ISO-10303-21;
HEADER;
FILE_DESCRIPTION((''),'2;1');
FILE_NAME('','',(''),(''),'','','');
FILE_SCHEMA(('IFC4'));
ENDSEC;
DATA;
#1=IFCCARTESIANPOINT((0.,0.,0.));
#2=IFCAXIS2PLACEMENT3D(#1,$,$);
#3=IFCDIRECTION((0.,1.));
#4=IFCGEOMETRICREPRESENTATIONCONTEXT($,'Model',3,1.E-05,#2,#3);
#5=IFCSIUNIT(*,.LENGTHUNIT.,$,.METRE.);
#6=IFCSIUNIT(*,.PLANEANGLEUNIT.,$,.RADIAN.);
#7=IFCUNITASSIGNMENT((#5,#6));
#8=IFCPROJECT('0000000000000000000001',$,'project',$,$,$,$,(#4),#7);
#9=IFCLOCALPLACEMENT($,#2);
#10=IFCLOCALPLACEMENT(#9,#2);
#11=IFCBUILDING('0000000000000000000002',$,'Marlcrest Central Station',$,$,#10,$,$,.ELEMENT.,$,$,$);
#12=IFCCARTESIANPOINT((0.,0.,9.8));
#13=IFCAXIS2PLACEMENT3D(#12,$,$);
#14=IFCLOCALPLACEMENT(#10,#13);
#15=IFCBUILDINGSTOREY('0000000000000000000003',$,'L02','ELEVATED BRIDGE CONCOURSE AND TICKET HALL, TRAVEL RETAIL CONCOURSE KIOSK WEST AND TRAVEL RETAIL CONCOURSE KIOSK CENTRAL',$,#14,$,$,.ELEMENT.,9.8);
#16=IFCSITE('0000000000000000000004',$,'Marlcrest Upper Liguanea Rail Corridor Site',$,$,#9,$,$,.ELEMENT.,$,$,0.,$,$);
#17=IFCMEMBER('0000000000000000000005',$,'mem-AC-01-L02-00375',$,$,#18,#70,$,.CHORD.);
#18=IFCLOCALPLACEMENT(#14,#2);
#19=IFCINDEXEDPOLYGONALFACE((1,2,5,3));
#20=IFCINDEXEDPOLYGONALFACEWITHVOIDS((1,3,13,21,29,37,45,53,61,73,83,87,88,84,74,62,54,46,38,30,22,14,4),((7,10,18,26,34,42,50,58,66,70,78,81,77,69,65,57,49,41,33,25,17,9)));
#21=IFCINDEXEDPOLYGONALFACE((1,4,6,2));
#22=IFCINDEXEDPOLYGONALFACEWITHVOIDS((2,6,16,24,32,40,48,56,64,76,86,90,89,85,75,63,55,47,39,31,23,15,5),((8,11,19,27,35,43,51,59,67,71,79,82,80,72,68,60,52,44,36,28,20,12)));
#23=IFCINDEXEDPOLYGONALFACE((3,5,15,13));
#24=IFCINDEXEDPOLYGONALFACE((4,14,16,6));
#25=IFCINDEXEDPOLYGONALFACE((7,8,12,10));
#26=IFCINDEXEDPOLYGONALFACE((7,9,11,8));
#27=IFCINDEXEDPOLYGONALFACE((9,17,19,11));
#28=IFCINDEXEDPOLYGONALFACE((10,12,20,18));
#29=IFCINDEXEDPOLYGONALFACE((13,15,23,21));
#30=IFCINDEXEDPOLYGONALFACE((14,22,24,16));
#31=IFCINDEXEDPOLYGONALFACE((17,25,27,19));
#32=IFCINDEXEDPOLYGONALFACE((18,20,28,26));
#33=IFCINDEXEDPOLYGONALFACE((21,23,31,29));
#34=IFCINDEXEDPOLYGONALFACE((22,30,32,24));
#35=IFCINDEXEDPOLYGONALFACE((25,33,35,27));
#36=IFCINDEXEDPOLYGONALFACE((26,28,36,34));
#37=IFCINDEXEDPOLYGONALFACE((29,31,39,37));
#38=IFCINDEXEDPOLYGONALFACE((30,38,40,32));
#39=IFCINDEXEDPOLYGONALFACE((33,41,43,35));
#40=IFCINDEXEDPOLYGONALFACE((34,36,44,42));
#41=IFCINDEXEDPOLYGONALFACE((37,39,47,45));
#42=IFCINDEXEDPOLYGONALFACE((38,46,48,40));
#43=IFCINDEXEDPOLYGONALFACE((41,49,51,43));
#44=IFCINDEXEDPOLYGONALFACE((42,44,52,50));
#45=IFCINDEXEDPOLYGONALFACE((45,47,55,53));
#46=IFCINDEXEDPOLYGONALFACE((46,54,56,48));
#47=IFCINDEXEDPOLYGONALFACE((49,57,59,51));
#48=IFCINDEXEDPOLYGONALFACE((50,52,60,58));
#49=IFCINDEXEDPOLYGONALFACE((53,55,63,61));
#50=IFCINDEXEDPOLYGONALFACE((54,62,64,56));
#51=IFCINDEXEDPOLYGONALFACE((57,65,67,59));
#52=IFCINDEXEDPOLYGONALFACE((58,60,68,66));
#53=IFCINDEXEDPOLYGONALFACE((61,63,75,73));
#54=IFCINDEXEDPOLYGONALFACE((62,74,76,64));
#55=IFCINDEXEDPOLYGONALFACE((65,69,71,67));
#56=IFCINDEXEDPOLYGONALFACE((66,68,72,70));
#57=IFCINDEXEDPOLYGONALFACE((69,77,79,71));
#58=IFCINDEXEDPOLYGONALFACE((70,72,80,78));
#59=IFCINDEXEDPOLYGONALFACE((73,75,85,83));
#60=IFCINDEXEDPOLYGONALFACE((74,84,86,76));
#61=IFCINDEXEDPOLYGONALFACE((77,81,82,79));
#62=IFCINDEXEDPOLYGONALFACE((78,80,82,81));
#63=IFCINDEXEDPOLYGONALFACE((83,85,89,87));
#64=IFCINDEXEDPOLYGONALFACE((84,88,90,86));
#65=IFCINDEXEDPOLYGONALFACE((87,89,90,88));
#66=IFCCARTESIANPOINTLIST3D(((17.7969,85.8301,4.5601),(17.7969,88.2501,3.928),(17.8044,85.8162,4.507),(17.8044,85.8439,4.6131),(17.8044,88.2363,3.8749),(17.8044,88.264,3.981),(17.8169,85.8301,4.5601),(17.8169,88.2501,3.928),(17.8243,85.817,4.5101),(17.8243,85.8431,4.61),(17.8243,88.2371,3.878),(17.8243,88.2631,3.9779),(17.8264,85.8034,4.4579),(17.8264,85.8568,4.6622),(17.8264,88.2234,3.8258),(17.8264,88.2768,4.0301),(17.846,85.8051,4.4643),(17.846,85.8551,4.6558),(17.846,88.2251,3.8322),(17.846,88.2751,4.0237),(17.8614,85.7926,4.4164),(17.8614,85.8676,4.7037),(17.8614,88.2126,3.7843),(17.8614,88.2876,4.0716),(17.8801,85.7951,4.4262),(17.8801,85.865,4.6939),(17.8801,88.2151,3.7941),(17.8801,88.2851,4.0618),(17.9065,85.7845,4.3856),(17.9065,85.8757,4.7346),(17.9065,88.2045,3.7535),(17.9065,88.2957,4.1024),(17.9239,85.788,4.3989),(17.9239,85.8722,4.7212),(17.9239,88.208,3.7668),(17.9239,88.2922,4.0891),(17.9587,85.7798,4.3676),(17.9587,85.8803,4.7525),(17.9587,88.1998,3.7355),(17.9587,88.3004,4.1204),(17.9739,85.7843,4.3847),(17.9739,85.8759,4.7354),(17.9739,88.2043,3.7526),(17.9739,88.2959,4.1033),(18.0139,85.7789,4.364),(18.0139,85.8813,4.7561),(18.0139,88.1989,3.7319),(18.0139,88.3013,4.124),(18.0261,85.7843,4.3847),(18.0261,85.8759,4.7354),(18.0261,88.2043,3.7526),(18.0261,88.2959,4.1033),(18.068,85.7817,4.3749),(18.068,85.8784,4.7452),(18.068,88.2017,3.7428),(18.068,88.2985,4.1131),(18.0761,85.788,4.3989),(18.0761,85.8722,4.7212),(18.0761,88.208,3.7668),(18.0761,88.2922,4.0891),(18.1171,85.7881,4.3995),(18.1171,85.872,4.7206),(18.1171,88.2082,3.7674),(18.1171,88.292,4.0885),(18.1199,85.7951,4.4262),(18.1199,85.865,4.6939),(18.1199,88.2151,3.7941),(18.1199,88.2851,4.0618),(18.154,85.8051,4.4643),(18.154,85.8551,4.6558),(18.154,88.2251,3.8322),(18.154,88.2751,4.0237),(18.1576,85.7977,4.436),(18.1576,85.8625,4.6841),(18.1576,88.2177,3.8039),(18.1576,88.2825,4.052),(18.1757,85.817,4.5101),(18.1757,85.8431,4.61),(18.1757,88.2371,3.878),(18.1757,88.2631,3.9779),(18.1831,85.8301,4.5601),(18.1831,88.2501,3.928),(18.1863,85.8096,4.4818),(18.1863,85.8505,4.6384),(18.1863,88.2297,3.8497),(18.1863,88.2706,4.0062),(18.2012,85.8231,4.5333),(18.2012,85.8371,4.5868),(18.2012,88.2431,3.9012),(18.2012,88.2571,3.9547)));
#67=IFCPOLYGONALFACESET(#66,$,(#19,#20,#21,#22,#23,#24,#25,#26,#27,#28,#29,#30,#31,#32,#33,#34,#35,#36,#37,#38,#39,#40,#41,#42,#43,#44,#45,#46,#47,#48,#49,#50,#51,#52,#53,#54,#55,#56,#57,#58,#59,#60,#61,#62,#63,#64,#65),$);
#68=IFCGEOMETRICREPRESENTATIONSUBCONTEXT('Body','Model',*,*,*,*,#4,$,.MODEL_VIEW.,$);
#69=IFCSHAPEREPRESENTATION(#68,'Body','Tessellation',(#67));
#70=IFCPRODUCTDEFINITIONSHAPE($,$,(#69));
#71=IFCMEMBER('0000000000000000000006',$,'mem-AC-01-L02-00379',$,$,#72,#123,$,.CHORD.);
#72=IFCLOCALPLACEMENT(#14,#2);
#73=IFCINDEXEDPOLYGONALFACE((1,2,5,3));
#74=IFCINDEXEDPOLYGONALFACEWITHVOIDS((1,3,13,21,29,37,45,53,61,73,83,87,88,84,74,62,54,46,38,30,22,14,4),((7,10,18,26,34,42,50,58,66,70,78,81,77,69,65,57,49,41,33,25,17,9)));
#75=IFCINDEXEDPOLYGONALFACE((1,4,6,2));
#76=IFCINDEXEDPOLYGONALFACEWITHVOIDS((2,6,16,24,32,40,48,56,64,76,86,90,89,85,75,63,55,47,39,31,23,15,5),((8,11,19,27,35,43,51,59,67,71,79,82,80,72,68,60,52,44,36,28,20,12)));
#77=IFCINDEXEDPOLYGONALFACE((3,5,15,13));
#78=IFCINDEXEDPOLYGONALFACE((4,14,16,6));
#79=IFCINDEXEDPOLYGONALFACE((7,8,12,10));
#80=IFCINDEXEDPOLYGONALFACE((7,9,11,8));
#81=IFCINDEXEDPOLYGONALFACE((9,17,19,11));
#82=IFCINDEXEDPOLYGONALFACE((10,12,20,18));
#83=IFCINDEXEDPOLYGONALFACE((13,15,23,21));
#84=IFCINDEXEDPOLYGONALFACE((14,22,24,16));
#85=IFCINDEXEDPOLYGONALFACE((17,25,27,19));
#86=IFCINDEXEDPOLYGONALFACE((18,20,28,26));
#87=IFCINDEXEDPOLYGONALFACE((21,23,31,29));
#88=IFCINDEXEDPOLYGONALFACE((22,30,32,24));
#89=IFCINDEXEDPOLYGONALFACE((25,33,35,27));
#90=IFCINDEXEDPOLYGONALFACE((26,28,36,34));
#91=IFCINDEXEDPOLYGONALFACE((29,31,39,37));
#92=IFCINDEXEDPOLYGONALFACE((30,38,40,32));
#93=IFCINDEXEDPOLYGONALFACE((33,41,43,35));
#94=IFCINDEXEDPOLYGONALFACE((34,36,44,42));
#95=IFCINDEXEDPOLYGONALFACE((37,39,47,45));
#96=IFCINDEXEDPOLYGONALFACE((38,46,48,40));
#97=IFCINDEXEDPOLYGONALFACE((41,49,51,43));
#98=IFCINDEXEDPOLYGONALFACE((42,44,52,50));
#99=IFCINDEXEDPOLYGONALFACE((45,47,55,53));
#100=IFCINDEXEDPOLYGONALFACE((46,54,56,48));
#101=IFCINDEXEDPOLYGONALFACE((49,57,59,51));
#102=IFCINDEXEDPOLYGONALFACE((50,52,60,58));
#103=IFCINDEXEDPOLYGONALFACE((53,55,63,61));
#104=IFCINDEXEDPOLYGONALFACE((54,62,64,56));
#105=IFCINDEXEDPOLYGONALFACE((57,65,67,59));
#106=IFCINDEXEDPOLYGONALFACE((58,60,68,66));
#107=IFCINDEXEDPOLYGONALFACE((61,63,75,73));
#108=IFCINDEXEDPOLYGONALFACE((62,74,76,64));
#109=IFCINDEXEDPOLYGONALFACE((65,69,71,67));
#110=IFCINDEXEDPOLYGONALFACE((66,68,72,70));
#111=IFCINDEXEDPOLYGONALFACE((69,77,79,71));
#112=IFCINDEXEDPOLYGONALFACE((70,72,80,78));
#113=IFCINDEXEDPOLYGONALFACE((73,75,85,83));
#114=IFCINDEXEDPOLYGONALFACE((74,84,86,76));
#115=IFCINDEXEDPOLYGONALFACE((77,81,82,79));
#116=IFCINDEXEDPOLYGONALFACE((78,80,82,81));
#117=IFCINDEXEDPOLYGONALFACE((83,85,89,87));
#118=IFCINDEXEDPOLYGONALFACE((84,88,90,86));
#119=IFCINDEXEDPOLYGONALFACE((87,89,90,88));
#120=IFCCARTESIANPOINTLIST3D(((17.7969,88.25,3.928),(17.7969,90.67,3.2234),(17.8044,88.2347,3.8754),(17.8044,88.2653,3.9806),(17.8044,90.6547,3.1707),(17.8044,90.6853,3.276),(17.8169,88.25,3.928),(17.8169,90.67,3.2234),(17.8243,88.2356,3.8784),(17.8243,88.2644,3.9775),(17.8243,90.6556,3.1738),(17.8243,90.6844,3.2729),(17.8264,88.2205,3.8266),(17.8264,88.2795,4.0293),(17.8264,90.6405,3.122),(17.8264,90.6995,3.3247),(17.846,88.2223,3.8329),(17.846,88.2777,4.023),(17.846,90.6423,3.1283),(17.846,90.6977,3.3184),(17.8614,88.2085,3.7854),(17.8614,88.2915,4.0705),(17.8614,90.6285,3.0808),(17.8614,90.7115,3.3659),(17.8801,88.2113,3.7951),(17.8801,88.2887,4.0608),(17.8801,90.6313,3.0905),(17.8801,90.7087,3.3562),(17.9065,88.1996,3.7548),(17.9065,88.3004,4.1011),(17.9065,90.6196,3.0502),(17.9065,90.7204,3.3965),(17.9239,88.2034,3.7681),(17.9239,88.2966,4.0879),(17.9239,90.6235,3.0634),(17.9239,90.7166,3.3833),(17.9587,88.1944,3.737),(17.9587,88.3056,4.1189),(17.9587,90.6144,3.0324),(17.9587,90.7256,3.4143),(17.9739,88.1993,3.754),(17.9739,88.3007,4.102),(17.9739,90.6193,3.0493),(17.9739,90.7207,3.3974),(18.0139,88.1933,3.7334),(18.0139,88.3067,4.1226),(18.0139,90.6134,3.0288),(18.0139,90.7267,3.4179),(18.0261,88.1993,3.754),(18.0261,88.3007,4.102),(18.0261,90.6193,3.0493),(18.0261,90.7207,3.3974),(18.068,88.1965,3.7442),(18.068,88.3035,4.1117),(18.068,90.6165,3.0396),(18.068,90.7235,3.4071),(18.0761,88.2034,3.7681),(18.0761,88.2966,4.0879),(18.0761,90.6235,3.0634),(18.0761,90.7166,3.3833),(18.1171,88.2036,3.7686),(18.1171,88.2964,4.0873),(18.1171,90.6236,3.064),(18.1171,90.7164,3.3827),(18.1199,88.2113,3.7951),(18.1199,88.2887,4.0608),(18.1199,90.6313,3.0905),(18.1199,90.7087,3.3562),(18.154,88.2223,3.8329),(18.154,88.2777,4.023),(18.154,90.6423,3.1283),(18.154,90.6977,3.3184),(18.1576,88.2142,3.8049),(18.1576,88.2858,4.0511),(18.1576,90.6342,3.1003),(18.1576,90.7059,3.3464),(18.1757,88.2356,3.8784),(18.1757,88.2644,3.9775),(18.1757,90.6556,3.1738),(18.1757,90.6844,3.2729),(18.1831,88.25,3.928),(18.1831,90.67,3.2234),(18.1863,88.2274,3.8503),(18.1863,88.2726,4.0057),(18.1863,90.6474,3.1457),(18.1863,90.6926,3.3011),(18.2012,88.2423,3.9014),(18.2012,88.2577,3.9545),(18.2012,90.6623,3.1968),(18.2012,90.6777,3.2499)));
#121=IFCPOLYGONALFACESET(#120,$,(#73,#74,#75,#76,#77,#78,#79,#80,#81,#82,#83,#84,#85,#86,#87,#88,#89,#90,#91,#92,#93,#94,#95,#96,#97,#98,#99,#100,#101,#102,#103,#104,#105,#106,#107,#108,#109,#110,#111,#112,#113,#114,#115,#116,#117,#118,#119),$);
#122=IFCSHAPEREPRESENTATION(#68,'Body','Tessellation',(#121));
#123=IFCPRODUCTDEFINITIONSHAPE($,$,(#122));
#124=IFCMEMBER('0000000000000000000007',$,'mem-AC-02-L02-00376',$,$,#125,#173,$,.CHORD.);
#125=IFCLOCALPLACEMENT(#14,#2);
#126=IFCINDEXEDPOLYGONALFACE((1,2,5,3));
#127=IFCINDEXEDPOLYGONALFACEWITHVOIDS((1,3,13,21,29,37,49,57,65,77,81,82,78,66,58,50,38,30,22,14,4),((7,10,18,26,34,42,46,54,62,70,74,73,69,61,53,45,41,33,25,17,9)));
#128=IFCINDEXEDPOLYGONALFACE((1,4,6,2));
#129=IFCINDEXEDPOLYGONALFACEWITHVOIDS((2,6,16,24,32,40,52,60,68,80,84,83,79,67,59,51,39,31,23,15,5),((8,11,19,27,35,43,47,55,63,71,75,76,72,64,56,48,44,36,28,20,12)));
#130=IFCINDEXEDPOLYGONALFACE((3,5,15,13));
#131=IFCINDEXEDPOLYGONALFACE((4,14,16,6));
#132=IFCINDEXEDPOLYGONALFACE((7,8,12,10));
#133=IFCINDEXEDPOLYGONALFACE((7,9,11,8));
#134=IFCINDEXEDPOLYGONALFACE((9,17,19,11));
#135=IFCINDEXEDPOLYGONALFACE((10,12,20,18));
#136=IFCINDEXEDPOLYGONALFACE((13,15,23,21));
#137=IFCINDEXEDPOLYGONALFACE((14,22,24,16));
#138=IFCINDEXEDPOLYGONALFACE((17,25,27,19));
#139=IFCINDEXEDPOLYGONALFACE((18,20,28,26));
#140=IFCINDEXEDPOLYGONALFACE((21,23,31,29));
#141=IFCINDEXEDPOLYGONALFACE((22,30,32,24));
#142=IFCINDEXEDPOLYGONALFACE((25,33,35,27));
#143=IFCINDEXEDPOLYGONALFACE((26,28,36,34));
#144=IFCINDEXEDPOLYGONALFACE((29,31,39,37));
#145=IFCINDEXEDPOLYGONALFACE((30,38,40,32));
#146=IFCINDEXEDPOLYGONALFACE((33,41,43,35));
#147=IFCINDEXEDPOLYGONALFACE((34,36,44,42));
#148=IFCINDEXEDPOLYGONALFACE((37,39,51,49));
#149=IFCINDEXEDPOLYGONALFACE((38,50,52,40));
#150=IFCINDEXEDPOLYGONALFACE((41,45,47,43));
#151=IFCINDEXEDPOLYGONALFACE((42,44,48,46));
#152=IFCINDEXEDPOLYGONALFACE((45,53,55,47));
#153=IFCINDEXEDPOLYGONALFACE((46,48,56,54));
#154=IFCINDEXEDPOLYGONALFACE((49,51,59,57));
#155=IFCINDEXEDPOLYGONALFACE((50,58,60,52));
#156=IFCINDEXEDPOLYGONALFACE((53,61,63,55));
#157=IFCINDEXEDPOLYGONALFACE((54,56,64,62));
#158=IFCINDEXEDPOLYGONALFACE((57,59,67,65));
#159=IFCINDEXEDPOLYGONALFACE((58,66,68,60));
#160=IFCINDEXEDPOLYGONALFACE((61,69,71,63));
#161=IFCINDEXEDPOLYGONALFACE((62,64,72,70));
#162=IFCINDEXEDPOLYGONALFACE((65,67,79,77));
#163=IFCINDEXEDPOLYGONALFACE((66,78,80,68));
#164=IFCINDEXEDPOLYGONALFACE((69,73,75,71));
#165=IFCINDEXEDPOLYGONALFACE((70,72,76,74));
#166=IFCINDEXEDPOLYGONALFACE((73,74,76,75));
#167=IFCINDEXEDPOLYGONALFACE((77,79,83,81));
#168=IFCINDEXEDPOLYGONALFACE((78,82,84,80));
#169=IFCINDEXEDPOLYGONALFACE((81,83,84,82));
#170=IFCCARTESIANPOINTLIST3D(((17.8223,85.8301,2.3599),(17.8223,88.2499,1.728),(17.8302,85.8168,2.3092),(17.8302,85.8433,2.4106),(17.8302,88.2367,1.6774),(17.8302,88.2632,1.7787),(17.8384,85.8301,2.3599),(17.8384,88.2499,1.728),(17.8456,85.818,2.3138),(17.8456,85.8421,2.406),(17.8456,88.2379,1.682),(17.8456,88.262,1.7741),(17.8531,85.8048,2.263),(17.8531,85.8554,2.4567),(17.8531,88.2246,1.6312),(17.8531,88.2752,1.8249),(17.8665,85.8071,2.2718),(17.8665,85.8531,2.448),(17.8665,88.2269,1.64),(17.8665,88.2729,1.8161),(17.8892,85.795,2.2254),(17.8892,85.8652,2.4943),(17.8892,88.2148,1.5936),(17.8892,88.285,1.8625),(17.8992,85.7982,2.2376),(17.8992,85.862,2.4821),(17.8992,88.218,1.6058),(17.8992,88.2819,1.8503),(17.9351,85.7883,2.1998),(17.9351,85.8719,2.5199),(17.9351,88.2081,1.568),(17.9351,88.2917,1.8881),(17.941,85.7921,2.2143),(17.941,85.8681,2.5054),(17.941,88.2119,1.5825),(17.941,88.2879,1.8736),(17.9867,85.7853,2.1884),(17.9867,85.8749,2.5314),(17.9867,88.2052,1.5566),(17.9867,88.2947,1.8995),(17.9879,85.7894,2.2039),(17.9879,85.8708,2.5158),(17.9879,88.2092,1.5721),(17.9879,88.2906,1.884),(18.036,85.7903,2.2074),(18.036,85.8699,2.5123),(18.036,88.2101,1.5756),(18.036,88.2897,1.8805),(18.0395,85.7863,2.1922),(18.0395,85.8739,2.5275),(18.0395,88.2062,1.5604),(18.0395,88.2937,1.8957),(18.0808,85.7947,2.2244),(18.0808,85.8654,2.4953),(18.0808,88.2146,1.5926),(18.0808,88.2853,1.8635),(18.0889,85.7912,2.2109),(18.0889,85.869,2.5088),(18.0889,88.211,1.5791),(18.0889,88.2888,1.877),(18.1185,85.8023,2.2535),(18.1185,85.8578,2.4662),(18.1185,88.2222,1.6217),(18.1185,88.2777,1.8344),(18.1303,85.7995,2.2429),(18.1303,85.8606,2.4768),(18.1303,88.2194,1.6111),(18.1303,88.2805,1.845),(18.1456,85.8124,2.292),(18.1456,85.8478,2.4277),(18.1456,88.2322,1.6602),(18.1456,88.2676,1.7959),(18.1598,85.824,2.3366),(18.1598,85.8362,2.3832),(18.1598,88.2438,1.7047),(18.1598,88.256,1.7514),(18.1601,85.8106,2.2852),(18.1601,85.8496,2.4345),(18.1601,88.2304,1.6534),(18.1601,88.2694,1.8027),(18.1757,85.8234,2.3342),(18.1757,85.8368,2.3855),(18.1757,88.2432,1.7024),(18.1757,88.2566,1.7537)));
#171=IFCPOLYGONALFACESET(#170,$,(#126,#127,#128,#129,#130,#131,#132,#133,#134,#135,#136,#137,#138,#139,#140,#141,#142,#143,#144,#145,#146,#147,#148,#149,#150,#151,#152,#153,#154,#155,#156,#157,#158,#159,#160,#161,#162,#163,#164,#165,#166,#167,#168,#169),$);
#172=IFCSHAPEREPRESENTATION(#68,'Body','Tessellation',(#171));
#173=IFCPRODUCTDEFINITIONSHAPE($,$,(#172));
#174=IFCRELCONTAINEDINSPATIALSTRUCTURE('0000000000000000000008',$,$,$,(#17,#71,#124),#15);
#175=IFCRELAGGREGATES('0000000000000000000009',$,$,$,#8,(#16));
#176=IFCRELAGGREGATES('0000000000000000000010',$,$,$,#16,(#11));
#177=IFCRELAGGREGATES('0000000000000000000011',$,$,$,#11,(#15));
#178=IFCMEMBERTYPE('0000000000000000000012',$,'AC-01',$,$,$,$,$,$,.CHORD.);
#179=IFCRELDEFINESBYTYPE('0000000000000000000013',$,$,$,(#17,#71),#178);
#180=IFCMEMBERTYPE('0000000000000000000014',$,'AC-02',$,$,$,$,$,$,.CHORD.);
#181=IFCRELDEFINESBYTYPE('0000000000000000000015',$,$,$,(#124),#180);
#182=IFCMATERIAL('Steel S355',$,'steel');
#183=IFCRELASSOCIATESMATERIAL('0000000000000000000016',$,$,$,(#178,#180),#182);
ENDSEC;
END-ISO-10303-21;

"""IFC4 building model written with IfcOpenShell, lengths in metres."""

from ifc_helpers import new_model, si_unit, direction, frame, origin, origin_2d, place, context, subcontext, project, spatial, hollow_circle, extrude, material, material_profile, profile_set, type_object, element, save


model = new_model("IFC4")

# Units and contexts
model_context = context("Model", 3, precision=1e-05, world=origin(), true_north=direction((0.0, 1.0)))
body_context = subcontext(model_context, "Body", "Model", "MODEL_VIEW")
ifc_project = project(units=[si_unit("LENGTHUNIT", "METRE"), si_unit("PLANEANGLEUNIT", "RADIAN")], contexts=[model_context])

# Site, building, storey
site_placement = place(None, origin())
site = spatial("IfcSite", under=ifc_project, at=site_placement, Name="Marlcrest Upper Liguanea Rail Corridor Site", CompositionType="ELEMENT", RefElevation=0.0)
building_placement = place(site_placement, origin())
building = spatial("IfcBuilding", under=site, at=building_placement, Name="Marlcrest Central Station", CompositionType="ELEMENT")
storey_placement = place(building_placement, frame((0.0, 0.0, 9.8)))
storey = spatial("IfcBuildingStorey", under=building, at=storey_placement, Name="L02", Description="ELEVATED BRIDGE CONCOURSE AND TICKET HALL, TRAVEL RETAIL CONCOURSE KIOSK WEST AND TRAVEL RETAIL CONCOURSE KIOSK CENTRAL", CompositionType="ELEMENT", Elevation=9.8)

# Members
ifc_material_1 = material(Name="Steel S355", Category="steel")
ifc_material_profile_1 = material_profile(ifc_material_1, hollow_circle(Radius=0.2031, WallThickness=0.02, at=origin_2d()), Name="CHS 406.4x20")
ifc_profile_set_1 = profile_set([ifc_material_profile_1], Name="Steel S355")
member_type_1 = type_object("IfcMemberType", Name="AC-01", PredefinedType="CHORD", material=ifc_profile_set_1)
member_1_placement = place(storey_placement, frame((18.0, 85.8301, 4.5601), z_axis=(0.0, 0.967539, -0.25272), x_axis=(-1.0, 0.0, 0.0)))
element("IfcMember", 1, at=member_1_placement, inside=storey, type_object=member_type_1, Name="mem-AC-01-L02-00375", PredefinedType="CHORD", context=body_context, shape_type="SweptSolid", body=[
    extrude(hollow_circle(Radius=0.2031, WallThickness=0.02, at=origin_2d()), origin(), (0.0, 0.0, 1.0), 2.5012),
])
member_2_placement = place(storey_placement, frame((18.0, 88.25, 3.928), z_axis=(0.0, 0.96013, -0.279554), x_axis=(-1.0, 0.0, 0.0)))
element("IfcMember", 2, at=member_2_placement, inside=storey, type_object=member_type_1, Name="mem-AC-01-L02-00379", PredefinedType="CHORD", context=body_context, shape_type="SweptSolid", body=[
    extrude(hollow_circle(Radius=0.2031, WallThickness=0.02, at=origin_2d()), origin(), (0.0, 0.0, 1.0), 2.5205),
])
ifc_material_profile_2 = material_profile(ifc_material_1, hollow_circle(Radius=0.1777, WallThickness=0.0161, at=origin_2d()), Name="CHS 355.6x16")
ifc_profile_set_2 = profile_set([ifc_material_profile_2], Name="Steel S355")
member_type_2 = type_object("IfcMemberType", Name="AC-02", PredefinedType="CHORD", material=ifc_profile_set_2)
member_3_placement = place(storey_placement, frame((18.0, 85.8301, 2.3599), z_axis=(0.0, 0.967563, -0.252629), x_axis=(-1.0, 0.0, 0.0)))
element("IfcMember", 3, at=member_3_placement, inside=storey, type_object=member_type_2, Name="mem-AC-02-L02-00376", PredefinedType="CHORD", context=body_context, shape_type="SweptSolid", body=[
    extrude(hollow_circle(Radius=0.1777, WallThickness=0.0161, at=origin_2d()), origin(), (0.0, 0.0, 1.0), 2.501),
])

save(model, "model.ifc")
